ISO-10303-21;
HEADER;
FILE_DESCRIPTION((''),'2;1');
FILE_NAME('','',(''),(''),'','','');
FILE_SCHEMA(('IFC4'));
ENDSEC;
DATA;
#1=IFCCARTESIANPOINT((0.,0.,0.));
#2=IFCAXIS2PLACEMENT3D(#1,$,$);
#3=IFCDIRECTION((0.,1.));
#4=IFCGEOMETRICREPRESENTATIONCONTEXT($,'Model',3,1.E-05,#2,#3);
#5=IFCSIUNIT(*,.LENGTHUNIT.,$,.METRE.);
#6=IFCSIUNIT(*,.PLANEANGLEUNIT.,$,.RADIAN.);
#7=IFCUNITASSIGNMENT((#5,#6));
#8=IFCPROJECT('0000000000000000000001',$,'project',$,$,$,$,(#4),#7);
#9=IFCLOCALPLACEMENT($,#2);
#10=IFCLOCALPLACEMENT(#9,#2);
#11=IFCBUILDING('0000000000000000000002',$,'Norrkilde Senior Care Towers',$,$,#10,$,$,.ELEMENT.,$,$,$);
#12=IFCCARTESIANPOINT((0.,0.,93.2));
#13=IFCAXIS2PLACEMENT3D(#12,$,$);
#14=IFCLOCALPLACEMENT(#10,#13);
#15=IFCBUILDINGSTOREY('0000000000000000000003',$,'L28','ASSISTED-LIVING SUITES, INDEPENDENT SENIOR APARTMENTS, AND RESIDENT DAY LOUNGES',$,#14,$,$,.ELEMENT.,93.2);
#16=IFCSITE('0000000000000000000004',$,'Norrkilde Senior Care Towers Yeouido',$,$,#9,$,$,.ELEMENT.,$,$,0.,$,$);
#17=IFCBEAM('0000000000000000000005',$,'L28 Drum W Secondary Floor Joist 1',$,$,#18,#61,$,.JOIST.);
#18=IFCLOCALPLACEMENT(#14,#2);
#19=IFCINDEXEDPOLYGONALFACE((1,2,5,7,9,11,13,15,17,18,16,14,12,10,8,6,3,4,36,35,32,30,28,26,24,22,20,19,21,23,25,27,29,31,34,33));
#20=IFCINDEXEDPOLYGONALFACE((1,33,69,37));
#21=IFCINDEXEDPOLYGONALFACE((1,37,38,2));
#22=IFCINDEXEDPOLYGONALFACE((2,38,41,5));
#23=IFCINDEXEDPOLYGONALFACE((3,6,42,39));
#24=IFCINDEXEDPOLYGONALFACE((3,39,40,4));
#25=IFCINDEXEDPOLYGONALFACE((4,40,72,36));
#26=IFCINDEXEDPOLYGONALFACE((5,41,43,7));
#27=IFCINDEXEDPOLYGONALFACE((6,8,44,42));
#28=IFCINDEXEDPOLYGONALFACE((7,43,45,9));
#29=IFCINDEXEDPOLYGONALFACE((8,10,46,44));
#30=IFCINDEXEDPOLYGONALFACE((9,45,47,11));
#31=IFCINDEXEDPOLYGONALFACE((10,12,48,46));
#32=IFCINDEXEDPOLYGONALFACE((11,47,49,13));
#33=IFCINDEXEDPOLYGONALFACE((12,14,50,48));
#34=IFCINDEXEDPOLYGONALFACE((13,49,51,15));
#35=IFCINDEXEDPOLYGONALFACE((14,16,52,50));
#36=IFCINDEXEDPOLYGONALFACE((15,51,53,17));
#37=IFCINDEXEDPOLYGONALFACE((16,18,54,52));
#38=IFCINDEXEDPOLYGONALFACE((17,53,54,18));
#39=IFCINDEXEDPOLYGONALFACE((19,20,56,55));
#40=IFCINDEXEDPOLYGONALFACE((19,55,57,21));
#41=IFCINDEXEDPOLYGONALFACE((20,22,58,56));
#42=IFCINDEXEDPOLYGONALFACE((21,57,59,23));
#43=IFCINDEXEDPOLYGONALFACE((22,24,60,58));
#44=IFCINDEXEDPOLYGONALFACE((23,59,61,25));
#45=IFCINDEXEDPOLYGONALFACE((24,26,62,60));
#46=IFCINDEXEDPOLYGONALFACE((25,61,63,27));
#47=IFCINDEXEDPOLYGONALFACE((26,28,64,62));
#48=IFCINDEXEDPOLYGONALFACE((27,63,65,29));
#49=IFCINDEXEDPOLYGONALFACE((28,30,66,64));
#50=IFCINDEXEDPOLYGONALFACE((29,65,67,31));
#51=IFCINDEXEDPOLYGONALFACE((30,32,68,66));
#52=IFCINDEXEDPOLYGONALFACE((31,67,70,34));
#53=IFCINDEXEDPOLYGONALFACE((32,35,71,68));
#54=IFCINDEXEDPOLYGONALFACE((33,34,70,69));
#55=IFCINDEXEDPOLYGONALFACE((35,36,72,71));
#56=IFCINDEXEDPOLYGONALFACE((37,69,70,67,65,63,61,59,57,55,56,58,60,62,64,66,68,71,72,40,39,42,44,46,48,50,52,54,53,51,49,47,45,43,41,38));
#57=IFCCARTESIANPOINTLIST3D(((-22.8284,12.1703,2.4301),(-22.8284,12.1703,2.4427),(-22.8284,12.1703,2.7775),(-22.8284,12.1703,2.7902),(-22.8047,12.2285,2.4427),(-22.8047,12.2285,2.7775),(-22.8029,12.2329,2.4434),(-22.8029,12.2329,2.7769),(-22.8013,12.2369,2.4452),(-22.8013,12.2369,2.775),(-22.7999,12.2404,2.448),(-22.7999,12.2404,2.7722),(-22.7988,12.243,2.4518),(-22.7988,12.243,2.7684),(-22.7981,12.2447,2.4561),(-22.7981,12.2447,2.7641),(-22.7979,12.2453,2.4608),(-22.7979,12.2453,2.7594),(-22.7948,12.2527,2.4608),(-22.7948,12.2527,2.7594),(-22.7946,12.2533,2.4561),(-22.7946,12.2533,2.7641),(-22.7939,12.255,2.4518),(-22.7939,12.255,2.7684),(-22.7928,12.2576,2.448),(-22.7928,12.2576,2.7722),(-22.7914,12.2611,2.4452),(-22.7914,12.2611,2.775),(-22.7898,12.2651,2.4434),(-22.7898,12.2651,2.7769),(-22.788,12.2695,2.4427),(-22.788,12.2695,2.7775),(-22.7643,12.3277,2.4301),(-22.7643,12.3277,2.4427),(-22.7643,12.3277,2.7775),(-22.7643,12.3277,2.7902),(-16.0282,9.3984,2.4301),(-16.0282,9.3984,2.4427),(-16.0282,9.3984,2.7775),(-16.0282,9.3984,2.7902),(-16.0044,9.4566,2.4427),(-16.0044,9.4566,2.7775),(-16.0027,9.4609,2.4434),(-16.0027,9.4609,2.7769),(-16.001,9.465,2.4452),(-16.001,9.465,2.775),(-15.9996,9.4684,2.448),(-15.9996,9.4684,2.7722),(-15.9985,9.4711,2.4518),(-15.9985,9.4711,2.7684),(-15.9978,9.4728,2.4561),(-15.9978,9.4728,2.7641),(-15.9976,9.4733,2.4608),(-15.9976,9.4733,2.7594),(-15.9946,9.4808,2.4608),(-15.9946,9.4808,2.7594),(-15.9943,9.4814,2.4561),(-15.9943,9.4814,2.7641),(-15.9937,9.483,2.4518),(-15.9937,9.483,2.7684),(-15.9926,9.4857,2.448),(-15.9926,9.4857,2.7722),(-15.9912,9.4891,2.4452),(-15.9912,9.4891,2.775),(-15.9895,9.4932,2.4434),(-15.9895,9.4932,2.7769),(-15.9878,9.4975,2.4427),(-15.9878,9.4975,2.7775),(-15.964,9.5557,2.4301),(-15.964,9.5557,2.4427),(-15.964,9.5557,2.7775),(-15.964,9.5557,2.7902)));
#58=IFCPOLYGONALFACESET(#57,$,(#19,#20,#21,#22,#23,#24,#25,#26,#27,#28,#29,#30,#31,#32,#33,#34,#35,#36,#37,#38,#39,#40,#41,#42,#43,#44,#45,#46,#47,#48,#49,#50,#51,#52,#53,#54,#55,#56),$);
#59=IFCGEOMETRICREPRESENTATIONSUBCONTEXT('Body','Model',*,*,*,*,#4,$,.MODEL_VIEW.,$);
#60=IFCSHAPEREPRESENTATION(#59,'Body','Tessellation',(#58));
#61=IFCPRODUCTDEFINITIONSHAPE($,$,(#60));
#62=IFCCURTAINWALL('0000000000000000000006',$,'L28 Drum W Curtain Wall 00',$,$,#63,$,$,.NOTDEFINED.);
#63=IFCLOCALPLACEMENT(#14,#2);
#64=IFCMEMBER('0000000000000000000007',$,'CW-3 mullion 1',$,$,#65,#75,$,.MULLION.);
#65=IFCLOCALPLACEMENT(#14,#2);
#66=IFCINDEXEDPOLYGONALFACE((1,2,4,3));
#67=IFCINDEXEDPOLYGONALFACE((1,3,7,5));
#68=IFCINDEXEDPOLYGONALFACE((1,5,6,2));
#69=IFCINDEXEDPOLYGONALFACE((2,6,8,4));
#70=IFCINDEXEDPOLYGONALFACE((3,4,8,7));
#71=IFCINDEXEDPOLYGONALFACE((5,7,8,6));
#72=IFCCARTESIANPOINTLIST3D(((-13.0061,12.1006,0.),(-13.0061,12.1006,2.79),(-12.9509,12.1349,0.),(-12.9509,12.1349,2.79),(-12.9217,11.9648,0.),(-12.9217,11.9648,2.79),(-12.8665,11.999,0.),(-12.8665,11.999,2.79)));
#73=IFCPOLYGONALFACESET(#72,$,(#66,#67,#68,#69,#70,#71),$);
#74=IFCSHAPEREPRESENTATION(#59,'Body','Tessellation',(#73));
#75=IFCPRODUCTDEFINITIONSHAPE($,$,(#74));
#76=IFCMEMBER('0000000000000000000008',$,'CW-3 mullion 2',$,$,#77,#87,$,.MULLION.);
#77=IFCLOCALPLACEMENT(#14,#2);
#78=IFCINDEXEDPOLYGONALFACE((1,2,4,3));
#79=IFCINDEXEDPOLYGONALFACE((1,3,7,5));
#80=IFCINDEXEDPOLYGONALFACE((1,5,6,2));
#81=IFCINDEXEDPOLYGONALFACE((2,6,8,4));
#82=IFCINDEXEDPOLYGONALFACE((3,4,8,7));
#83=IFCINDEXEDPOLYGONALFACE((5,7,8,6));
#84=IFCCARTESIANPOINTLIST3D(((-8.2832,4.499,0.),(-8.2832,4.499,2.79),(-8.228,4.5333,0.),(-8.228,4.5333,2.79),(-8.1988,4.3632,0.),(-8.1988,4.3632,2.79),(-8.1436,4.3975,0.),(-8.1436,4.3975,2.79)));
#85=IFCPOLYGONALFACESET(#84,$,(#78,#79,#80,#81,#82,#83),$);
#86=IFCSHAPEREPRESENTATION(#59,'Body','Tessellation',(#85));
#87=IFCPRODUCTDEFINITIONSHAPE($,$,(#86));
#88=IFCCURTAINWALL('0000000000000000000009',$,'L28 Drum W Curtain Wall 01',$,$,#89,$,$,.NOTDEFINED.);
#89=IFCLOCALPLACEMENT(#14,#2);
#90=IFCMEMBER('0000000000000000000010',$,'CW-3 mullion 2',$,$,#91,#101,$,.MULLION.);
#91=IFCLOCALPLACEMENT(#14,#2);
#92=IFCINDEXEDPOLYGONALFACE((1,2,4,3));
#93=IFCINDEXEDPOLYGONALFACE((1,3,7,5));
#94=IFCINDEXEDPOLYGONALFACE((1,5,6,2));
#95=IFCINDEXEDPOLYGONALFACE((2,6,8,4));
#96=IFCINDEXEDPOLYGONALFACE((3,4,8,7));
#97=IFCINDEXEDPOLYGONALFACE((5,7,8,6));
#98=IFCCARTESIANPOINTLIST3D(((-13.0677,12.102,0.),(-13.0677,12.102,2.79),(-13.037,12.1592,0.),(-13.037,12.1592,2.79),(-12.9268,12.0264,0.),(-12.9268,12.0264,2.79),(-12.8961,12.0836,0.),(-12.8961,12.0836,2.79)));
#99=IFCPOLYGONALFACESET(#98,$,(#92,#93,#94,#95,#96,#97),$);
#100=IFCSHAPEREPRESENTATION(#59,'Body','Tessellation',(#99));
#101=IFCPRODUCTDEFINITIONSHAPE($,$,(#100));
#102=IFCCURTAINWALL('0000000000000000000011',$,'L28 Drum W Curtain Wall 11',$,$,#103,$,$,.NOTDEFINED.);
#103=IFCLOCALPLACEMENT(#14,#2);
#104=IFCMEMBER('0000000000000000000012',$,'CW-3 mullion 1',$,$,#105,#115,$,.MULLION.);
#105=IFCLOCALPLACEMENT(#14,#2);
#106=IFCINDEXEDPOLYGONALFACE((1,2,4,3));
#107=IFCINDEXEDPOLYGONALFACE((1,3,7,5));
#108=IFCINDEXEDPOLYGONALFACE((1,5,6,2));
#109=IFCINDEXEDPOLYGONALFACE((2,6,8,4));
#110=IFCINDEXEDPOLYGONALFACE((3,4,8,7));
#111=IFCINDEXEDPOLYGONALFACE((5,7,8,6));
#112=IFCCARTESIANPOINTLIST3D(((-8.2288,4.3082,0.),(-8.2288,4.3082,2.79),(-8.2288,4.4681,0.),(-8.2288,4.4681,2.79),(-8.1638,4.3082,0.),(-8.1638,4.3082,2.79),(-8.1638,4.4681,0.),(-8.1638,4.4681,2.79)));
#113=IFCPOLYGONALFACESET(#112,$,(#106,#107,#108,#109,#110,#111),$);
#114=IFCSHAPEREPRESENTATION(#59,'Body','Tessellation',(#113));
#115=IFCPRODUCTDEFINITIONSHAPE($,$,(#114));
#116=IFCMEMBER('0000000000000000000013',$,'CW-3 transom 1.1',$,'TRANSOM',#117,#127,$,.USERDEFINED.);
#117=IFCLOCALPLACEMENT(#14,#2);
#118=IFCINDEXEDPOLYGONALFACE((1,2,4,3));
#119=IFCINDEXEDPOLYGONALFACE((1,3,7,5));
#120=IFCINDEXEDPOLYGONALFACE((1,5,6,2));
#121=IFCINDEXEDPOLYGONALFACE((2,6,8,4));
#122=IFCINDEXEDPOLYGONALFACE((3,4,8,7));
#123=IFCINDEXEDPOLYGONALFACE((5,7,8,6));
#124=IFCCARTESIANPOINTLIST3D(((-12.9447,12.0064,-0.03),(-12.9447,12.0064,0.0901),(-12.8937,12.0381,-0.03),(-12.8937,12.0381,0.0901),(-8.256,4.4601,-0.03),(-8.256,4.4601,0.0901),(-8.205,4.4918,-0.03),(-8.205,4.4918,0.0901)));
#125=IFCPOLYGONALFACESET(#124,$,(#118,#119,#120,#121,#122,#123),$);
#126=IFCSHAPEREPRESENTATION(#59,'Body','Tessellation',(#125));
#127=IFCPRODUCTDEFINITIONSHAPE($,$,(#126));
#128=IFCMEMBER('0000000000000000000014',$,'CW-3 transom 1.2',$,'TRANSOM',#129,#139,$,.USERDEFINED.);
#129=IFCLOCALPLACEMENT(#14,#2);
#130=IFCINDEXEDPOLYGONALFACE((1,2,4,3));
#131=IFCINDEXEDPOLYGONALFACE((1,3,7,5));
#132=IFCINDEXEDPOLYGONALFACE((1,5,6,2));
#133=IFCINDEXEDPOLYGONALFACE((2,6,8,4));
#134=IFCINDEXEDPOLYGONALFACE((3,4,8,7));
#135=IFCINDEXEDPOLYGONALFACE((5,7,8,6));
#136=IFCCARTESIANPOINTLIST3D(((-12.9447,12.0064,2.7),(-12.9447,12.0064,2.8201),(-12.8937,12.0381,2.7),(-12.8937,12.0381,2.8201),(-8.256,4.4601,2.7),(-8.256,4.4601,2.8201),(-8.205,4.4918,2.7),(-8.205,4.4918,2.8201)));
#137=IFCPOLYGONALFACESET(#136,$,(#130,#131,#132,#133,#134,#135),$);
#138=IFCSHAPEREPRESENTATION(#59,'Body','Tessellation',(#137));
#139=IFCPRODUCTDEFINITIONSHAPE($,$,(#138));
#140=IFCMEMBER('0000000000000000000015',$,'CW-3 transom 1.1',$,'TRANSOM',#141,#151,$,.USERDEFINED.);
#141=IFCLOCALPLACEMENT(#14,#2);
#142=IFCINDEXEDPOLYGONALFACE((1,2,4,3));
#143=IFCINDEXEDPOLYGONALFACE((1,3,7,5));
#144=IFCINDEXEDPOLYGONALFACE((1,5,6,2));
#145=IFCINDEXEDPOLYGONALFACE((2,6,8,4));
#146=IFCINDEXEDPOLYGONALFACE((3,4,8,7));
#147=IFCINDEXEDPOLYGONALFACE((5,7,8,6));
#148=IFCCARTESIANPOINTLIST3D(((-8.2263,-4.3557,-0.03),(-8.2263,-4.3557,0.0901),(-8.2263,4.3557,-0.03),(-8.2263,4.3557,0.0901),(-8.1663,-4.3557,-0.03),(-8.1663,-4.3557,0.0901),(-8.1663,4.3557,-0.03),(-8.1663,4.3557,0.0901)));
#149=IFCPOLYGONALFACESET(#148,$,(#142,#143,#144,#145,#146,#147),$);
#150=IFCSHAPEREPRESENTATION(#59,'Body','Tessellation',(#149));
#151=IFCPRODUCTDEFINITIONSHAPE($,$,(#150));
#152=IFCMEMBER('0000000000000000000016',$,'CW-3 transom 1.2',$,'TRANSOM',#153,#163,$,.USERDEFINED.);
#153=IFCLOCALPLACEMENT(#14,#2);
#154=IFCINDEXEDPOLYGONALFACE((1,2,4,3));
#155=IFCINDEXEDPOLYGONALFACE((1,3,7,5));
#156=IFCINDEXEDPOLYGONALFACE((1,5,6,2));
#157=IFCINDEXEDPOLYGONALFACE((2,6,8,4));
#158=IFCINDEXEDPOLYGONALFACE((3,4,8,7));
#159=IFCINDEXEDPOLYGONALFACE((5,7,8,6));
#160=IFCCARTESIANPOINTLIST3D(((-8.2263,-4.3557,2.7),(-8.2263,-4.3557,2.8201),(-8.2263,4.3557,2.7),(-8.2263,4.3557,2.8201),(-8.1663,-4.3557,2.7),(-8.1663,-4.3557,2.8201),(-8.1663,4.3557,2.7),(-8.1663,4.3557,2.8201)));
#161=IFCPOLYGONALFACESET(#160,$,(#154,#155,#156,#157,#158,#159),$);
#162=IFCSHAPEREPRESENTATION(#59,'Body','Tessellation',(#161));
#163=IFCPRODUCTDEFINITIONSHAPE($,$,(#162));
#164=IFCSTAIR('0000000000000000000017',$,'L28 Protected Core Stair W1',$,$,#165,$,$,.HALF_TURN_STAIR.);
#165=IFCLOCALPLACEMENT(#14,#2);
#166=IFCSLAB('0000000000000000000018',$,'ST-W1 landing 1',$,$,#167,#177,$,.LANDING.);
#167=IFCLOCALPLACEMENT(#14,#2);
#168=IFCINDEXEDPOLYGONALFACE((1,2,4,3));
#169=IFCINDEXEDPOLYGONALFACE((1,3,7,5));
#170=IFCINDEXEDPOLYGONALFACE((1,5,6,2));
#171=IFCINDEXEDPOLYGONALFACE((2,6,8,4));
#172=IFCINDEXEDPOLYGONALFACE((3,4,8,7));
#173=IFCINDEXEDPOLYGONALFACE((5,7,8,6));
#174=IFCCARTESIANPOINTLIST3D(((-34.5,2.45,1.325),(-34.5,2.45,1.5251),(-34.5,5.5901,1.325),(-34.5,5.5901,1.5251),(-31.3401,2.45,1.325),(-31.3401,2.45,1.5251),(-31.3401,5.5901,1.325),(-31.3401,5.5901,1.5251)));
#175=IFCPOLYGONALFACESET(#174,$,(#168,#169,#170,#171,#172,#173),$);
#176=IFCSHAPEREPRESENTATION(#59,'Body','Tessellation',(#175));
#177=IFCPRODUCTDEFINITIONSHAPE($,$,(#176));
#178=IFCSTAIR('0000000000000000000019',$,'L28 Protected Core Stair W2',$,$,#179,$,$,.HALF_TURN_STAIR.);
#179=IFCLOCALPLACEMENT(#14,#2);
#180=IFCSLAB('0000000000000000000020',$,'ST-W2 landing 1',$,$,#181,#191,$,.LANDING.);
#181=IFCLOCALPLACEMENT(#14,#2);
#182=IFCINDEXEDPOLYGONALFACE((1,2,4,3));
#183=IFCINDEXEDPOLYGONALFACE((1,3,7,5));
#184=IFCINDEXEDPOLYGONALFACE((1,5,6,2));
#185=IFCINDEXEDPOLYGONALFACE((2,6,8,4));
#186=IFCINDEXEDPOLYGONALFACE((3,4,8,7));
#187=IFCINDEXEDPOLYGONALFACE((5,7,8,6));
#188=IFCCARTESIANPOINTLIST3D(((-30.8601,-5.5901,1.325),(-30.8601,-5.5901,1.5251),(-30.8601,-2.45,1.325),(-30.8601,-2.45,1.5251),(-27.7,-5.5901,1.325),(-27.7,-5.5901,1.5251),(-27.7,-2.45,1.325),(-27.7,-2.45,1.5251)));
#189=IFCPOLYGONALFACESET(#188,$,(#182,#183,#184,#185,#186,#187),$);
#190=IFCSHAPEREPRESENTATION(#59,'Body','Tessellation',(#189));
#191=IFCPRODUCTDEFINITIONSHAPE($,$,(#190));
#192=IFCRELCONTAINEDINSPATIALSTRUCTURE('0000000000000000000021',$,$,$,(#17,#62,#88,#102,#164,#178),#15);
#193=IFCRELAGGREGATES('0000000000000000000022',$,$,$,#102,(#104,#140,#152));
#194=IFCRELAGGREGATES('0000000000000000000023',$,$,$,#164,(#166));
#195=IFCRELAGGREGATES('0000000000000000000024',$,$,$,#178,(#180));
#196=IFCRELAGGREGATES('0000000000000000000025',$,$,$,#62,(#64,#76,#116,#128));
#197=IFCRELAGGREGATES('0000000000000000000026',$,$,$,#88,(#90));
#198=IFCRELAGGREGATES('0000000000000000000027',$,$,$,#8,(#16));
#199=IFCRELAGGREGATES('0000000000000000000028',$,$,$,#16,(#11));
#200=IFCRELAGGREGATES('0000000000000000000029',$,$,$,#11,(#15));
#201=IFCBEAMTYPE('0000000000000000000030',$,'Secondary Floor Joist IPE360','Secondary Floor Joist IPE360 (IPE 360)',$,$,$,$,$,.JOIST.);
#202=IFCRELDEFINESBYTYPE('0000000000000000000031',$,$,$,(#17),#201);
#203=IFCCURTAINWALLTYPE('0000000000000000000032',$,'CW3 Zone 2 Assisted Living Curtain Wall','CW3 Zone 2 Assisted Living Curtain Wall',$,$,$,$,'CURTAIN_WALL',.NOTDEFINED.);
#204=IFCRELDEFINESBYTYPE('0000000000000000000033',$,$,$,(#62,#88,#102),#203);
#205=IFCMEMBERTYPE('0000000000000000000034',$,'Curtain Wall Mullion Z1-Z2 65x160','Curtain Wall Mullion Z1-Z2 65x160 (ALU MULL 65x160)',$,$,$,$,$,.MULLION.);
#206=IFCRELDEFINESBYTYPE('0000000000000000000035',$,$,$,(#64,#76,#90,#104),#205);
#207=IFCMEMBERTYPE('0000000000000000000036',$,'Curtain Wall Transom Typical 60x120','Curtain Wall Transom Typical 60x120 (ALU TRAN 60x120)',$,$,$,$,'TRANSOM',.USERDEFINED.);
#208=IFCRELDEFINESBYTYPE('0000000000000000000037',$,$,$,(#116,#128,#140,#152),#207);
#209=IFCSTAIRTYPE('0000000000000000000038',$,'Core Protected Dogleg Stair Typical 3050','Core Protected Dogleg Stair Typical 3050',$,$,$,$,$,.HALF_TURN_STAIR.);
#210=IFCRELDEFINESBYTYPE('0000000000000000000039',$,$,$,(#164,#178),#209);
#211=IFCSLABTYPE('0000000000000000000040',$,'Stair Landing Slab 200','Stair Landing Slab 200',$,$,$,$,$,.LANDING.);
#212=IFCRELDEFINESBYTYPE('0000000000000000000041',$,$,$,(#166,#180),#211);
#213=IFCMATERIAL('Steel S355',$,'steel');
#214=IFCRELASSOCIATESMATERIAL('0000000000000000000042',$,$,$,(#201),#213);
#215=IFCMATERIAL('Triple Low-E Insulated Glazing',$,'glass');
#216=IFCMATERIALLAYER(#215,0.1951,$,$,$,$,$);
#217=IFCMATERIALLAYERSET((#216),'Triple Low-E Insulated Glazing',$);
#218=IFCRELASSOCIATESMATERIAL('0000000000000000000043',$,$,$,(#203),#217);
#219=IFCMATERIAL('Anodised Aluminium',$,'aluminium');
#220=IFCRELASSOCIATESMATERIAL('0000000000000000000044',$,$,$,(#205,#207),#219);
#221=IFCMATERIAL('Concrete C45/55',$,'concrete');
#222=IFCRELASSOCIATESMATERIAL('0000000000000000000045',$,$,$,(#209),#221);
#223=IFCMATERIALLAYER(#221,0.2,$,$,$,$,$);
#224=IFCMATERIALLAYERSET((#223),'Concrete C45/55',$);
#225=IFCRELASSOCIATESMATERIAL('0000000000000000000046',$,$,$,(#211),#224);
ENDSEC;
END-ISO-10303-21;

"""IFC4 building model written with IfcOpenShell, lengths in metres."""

from ifc_helpers import new_model, si_unit, direction, frame, origin, origin_2d, place, context, subcontext, project, spatial, polyline, rectangle, i_section, outline, extrude, source, transform, mapped, material, layer, layer_set, material_profile, profile_set, type_object, type_shapes, element, aggregate, save


model = new_model("IFC4")

# Units and contexts
model_context = context("Model", 3, precision=1e-05, world=origin(), true_north=direction((0.0, 1.0)))
body_context = subcontext(model_context, "Body", "Model", "MODEL_VIEW")
ifc_project = project(units=[si_unit("LENGTHUNIT", "METRE"), si_unit("PLANEANGLEUNIT", "RADIAN")], contexts=[model_context])

# Site, building, storey
site_placement = place(None, origin())
site = spatial("IfcSite", under=ifc_project, at=site_placement, Name="Norrkilde Senior Care Towers Yeouido", CompositionType="ELEMENT", RefElevation=0.0)
building_placement = place(site_placement, origin())
building = spatial("IfcBuilding", under=site, at=building_placement, Name="Norrkilde Senior Care Towers", CompositionType="ELEMENT")
storey_placement = place(building_placement, frame((0.0, 0.0, 93.2)))
storey = spatial("IfcBuildingStorey", under=building, at=storey_placement, Name="L28", Description="ASSISTED-LIVING SUITES, INDEPENDENT SENIOR APARTMENTS, AND RESIDENT DAY LOUNGES", CompositionType="ELEMENT", Elevation=93.2)

# Beam
ifc_material_1 = material(Name="Steel S355", Category="steel")
ifc_material_profile_1 = material_profile(ifc_material_1, i_section(OverallWidth=0.1699, OverallDepth=0.3601, WebThickness=0.0081, FlangeThickness=0.0127, FilletRadius=0.0181, at=origin_2d()), Name="IPE 360")
ifc_profile_set_1 = profile_set([ifc_material_profile_1], Name="Steel S355")
beam_type_1 = type_object("IfcBeamType", Name="Secondary Floor Joist IPE360", Description="Secondary Floor Joist IPE360 (IPE 360)", PredefinedType="JOIST", material=ifc_profile_set_1)
shared_shape_1 = source(origin(), body_context, "Body", "SweptSolid", [
    extrude(i_section(OverallWidth=0.1699, OverallDepth=0.3601, WebThickness=0.0081, FlangeThickness=0.0127, FilletRadius=0.0181, at=origin_2d()), origin(), (0.0, 0.0, 1.0), 7.3435),
])
type_shapes(beam_type_1, [shared_shape_1])
beam_1_placement = place(storey_placement, frame((-15.9961, 9.4771, 2.6101), z_axis=(-0.926022, 0.37747, 0.0), x_axis=(-0.37747, -0.926022, 0.0)))
element("IfcBeam", 1, at=beam_1_placement, inside=storey, type_object=beam_type_1, Name="L28 Drum W Secondary Floor Joist 1", PredefinedType="JOIST", context=body_context, shape_type="MappedRepresentation", body=[
    mapped(shared_shape_1, transform((0.0, 0.0, 0.0), x_axis=(1.0, 0.0, 0.0), y_axis=(0.0, 1.0, 0.0), z_axis=(0.0, 0.0, 1.0), scale=1.0)),
])

# Curtain wall, members
ifc_material_2 = material(Name="Triple Low-E Insulated Glazing", Category="glass")
ifc_layer_1 = layer(ifc_material_2, 0.1951)
ifc_layer_set_1 = layer_set([ifc_layer_1], Name="Triple Low-E Insulated Glazing")
curtain_wall_type = type_object("IfcCurtainWallType", Name="CW3 Zone 2 Assisted Living Curtain Wall", Description="CW3 Zone 2 Assisted Living Curtain Wall", ElementType="CURTAIN_WALL", PredefinedType="NOTDEFINED", material=ifc_layer_set_1)
curtain_wall_1_placement = place(storey_placement, origin())
curtain_wall_1 = element("IfcCurtainWall", 2, at=curtain_wall_1_placement, inside=storey, type_object=curtain_wall_type, Name="L28 Drum W Curtain Wall 00", PredefinedType="NOTDEFINED")
ifc_material_3 = material(Name="Anodised Aluminium", Category="aluminium")
ifc_material_profile_2 = material_profile(ifc_material_3, rectangle(XDim=0.0649, YDim=0.1599, at=origin_2d()), Name="ALU MULL 65x160")
ifc_profile_set_2 = profile_set([ifc_material_profile_2], Name="Anodised Aluminium")
member_type_1 = type_object("IfcMemberType", Name="Curtain Wall Mullion Z1-Z2 65x160", Description="Curtain Wall Mullion Z1-Z2 65x160 (ALU MULL 65x160)", PredefinedType="MULLION", material=ifc_profile_set_2)
shared_shape_2 = source(origin(), body_context, "Body", "SweptSolid", [
    extrude(rectangle(XDim=0.0649, YDim=0.1599, at=origin_2d()), origin(), (0.0, 0.0, 1.0), 2.79),
])
type_shapes(member_type_1, [shared_shape_2])
member_1_placement = place(storey_placement, frame((-12.9363, 12.0498, 0.0), z_axis=(0.0, 0.0, 1.0), x_axis=(0.84941, 0.527733, 0.0)))
member_1 = element("IfcMember", 3, at=member_1_placement, type_object=member_type_1, Name="CW-3 mullion 1", PredefinedType="MULLION", context=body_context, shape_type="MappedRepresentation", body=[
    mapped(shared_shape_2, transform((0.0, 0.0, 0.0), x_axis=(1.0, 0.0, 0.0), y_axis=(0.0, 1.0, 0.0), z_axis=(0.0, 0.0, 1.0), scale=1.0)),
])
member_2_placement = place(storey_placement, frame((-8.2134, 4.4482, 0.0), z_axis=(0.0, 0.0, 1.0), x_axis=(0.84941, 0.527733, 0.0)))
member_2 = element("IfcMember", 4, at=member_2_placement, type_object=member_type_1, Name="CW-3 mullion 2", PredefinedType="MULLION", context=body_context, shape_type="MappedRepresentation", body=[
    mapped(shared_shape_2, transform((0.0, 0.0, 0.0), x_axis=(1.0, 0.0, 0.0), y_axis=(0.0, 1.0, 0.0), z_axis=(0.0, 0.0, 1.0), scale=1.0)),
])

# Curtain walls, members
curtain_wall_2_placement = place(storey_placement, origin())
curtain_wall_2 = element("IfcCurtainWall", 5, at=curtain_wall_2_placement, inside=storey, type_object=curtain_wall_type, Name="L28 Drum W Curtain Wall 01", PredefinedType="NOTDEFINED")
member_3_placement = place(storey_placement, frame((-12.9819, 12.0928, 0.0), z_axis=(0.0, 0.0, 1.0), x_axis=(0.472769, 0.881186, 0.0)))
member_3 = element("IfcMember", 6, at=member_3_placement, type_object=member_type_1, Name="CW-3 mullion 2", PredefinedType="MULLION", context=body_context, shape_type="MappedRepresentation", body=[
    mapped(shared_shape_2, transform((0.0, 0.0, 0.0), x_axis=(1.0, 0.0, 0.0), y_axis=(0.0, 1.0, 0.0), z_axis=(0.0, 0.0, 1.0), scale=1.0)),
])
curtain_wall_3_placement = place(storey_placement, origin())
curtain_wall_3 = element("IfcCurtainWall", 7, at=curtain_wall_3_placement, inside=storey, type_object=curtain_wall_type, Name="L28 Drum W Curtain Wall 11", PredefinedType="NOTDEFINED")
member_4_placement = place(storey_placement, frame((-8.1963, 4.3882, 0.0), z_axis=(0.0, 0.0, 1.0), x_axis=(1.0, 0.0, 0.0)))
member_4 = element("IfcMember", 8, at=member_4_placement, type_object=member_type_1, Name="CW-3 mullion 1", PredefinedType="MULLION", context=body_context, shape_type="MappedRepresentation", body=[
    mapped(shared_shape_2, transform((0.0, 0.0, 0.0), x_axis=(1.0, 0.0, 0.0), y_axis=(0.0, 1.0, 0.0), z_axis=(0.0, 0.0, 1.0), scale=1.0)),
])

# Members
ifc_material_profile_3 = material_profile(ifc_material_3, rectangle(XDim=0.0601, YDim=0.1201, at=origin_2d()), Name="ALU TRAN 60x120")
ifc_profile_set_3 = profile_set([ifc_material_profile_3], Name="Anodised Aluminium")
member_type_2 = type_object("IfcMemberType", Name="Curtain Wall Transom Typical 60x120", Description="Curtain Wall Transom Typical 60x120 (ALU TRAN 60x120)", ElementType="TRANSOM", PredefinedType="USERDEFINED", material=ifc_profile_set_3)
shared_shape_3 = source(origin(), body_context, "Body", "SweptSolid", [
    extrude(rectangle(XDim=0.0601, YDim=0.1201, at=origin_2d()), origin(), (0.0, 0.0, 1.0), 8.8843),
])
member_5_placement = place(storey_placement, frame((-12.9192, 12.0222, 0.03), z_axis=(0.527749, -0.8494, 0.0), x_axis=(0.8494, 0.527749, 0.0)))
member_5 = element("IfcMember", 9, at=member_5_placement, type_object=member_type_2, Name="CW-3 transom 1.1", ObjectType="TRANSOM", PredefinedType="USERDEFINED", context=body_context, shape_type="MappedRepresentation", body=[
    mapped(shared_shape_3, transform((0.0, 0.0, 0.0), x_axis=(1.0, 0.0, 0.0), y_axis=(0.0, 1.0, 0.0), z_axis=(0.0, 0.0, 1.0), scale=1.0)),
])
member_6_placement = place(storey_placement, frame((-12.9192, 12.0222, 2.76), z_axis=(0.527749, -0.8494, 0.0), x_axis=(0.8494, 0.527749, 0.0)))
member_6 = element("IfcMember", 10, at=member_6_placement, type_object=member_type_2, Name="CW-3 transom 1.2", ObjectType="TRANSOM", PredefinedType="USERDEFINED", context=body_context, shape_type="MappedRepresentation", body=[
    mapped(shared_shape_3, transform((0.0, 0.0, 0.0), x_axis=(1.0, 0.0, 0.0), y_axis=(0.0, 1.0, 0.0), z_axis=(0.0, 0.0, 1.0), scale=1.0)),
])
shared_shape_4 = source(origin(), body_context, "Body", "SweptSolid", [
    extrude(rectangle(XDim=0.0601, YDim=0.1201, at=origin_2d()), origin(), (0.0, 0.0, 1.0), 8.7114),
])
type_shapes(member_type_2, [shared_shape_3, shared_shape_4])
member_7_placement = place(storey_placement, frame((-8.1963, 4.3557, 0.03), z_axis=(0.0, -1.0, 0.0), x_axis=(1.0, 0.0, 0.0)))
member_7 = element("IfcMember", 11, at=member_7_placement, type_object=member_type_2, Name="CW-3 transom 1.1", ObjectType="TRANSOM", PredefinedType="USERDEFINED", context=body_context, shape_type="MappedRepresentation", body=[
    mapped(shared_shape_4, transform((0.0, 0.0, 0.0), x_axis=(1.0, 0.0, 0.0), y_axis=(0.0, 1.0, 0.0), z_axis=(0.0, 0.0, 1.0), scale=1.0)),
])
member_8_placement = place(storey_placement, frame((-8.1963, 4.3557, 2.76), z_axis=(0.0, -1.0, 0.0), x_axis=(1.0, 0.0, 0.0)))
member_8 = element("IfcMember", 12, at=member_8_placement, type_object=member_type_2, Name="CW-3 transom 1.2", ObjectType="TRANSOM", PredefinedType="USERDEFINED", context=body_context, shape_type="MappedRepresentation", body=[
    mapped(shared_shape_4, transform((0.0, 0.0, 0.0), x_axis=(1.0, 0.0, 0.0), y_axis=(0.0, 1.0, 0.0), z_axis=(0.0, 0.0, 1.0), scale=1.0)),
])
aggregate(curtain_wall_3, [member_4, member_7, member_8])

# Stairs, slabs
ifc_material_4 = material(Name="Concrete C45/55", Category="concrete")
stair_type = type_object("IfcStairType", Name="Core Protected Dogleg Stair Typical 3050", Description="Core Protected Dogleg Stair Typical 3050", PredefinedType="HALF_TURN_STAIR", material=ifc_material_4)
stair_1_placement = place(storey_placement, origin())
stair_1 = element("IfcStair", 13, at=stair_1_placement, inside=storey, type_object=stair_type, Name="L28 Protected Core Stair W1", PredefinedType="HALF_TURN_STAIR")
ifc_layer_2 = layer(ifc_material_4, 0.2)
ifc_layer_set_2 = layer_set([ifc_layer_2], Name="Concrete C45/55")
slab_type = type_object("IfcSlabType", Name="Stair Landing Slab 200", Description="Stair Landing Slab 200", PredefinedType="LANDING", material=ifc_layer_set_2)
slab_1_placement = place(storey_placement, frame((0.0, 0.0, 1.325)))
slab_1 = element("IfcSlab", 14, at=slab_1_placement, type_object=slab_type, Name="ST-W1 landing 1", PredefinedType="LANDING", context=body_context, shape_type="SweptSolid", body=[
    extrude(outline(polyline([(-31.3401, 5.5901), (-34.5, 5.5901), (-34.5, 2.45), (-31.3401, 2.45), (-31.3401, 5.5901)])), origin(), (0.0, 0.0, 1.0), 0.2002),
])
aggregate(stair_1, [slab_1])
stair_2_placement = place(storey_placement, origin())
stair_2 = element("IfcStair", 15, at=stair_2_placement, inside=storey, type_object=stair_type, Name="L28 Protected Core Stair W2", PredefinedType="HALF_TURN_STAIR")
slab_2_placement = place(storey_placement, frame((0.0, 0.0, 1.325)))
slab_2 = element("IfcSlab", 16, at=slab_2_placement, type_object=slab_type, Name="ST-W2 landing 1", PredefinedType="LANDING", context=body_context, shape_type="SweptSolid", body=[
    extrude(outline(polyline([(-30.8601, -5.5901), (-27.7, -5.5901), (-27.7, -2.45), (-30.8601, -2.45), (-30.8601, -5.5901)])), origin(), (0.0, 0.0, 1.0), 0.2002),
])
aggregate(stair_2, [slab_2])

aggregate(curtain_wall_1, [member_1, member_2, member_5, member_6])
aggregate(curtain_wall_2, [member_3])

save(model, "model.ifc")
